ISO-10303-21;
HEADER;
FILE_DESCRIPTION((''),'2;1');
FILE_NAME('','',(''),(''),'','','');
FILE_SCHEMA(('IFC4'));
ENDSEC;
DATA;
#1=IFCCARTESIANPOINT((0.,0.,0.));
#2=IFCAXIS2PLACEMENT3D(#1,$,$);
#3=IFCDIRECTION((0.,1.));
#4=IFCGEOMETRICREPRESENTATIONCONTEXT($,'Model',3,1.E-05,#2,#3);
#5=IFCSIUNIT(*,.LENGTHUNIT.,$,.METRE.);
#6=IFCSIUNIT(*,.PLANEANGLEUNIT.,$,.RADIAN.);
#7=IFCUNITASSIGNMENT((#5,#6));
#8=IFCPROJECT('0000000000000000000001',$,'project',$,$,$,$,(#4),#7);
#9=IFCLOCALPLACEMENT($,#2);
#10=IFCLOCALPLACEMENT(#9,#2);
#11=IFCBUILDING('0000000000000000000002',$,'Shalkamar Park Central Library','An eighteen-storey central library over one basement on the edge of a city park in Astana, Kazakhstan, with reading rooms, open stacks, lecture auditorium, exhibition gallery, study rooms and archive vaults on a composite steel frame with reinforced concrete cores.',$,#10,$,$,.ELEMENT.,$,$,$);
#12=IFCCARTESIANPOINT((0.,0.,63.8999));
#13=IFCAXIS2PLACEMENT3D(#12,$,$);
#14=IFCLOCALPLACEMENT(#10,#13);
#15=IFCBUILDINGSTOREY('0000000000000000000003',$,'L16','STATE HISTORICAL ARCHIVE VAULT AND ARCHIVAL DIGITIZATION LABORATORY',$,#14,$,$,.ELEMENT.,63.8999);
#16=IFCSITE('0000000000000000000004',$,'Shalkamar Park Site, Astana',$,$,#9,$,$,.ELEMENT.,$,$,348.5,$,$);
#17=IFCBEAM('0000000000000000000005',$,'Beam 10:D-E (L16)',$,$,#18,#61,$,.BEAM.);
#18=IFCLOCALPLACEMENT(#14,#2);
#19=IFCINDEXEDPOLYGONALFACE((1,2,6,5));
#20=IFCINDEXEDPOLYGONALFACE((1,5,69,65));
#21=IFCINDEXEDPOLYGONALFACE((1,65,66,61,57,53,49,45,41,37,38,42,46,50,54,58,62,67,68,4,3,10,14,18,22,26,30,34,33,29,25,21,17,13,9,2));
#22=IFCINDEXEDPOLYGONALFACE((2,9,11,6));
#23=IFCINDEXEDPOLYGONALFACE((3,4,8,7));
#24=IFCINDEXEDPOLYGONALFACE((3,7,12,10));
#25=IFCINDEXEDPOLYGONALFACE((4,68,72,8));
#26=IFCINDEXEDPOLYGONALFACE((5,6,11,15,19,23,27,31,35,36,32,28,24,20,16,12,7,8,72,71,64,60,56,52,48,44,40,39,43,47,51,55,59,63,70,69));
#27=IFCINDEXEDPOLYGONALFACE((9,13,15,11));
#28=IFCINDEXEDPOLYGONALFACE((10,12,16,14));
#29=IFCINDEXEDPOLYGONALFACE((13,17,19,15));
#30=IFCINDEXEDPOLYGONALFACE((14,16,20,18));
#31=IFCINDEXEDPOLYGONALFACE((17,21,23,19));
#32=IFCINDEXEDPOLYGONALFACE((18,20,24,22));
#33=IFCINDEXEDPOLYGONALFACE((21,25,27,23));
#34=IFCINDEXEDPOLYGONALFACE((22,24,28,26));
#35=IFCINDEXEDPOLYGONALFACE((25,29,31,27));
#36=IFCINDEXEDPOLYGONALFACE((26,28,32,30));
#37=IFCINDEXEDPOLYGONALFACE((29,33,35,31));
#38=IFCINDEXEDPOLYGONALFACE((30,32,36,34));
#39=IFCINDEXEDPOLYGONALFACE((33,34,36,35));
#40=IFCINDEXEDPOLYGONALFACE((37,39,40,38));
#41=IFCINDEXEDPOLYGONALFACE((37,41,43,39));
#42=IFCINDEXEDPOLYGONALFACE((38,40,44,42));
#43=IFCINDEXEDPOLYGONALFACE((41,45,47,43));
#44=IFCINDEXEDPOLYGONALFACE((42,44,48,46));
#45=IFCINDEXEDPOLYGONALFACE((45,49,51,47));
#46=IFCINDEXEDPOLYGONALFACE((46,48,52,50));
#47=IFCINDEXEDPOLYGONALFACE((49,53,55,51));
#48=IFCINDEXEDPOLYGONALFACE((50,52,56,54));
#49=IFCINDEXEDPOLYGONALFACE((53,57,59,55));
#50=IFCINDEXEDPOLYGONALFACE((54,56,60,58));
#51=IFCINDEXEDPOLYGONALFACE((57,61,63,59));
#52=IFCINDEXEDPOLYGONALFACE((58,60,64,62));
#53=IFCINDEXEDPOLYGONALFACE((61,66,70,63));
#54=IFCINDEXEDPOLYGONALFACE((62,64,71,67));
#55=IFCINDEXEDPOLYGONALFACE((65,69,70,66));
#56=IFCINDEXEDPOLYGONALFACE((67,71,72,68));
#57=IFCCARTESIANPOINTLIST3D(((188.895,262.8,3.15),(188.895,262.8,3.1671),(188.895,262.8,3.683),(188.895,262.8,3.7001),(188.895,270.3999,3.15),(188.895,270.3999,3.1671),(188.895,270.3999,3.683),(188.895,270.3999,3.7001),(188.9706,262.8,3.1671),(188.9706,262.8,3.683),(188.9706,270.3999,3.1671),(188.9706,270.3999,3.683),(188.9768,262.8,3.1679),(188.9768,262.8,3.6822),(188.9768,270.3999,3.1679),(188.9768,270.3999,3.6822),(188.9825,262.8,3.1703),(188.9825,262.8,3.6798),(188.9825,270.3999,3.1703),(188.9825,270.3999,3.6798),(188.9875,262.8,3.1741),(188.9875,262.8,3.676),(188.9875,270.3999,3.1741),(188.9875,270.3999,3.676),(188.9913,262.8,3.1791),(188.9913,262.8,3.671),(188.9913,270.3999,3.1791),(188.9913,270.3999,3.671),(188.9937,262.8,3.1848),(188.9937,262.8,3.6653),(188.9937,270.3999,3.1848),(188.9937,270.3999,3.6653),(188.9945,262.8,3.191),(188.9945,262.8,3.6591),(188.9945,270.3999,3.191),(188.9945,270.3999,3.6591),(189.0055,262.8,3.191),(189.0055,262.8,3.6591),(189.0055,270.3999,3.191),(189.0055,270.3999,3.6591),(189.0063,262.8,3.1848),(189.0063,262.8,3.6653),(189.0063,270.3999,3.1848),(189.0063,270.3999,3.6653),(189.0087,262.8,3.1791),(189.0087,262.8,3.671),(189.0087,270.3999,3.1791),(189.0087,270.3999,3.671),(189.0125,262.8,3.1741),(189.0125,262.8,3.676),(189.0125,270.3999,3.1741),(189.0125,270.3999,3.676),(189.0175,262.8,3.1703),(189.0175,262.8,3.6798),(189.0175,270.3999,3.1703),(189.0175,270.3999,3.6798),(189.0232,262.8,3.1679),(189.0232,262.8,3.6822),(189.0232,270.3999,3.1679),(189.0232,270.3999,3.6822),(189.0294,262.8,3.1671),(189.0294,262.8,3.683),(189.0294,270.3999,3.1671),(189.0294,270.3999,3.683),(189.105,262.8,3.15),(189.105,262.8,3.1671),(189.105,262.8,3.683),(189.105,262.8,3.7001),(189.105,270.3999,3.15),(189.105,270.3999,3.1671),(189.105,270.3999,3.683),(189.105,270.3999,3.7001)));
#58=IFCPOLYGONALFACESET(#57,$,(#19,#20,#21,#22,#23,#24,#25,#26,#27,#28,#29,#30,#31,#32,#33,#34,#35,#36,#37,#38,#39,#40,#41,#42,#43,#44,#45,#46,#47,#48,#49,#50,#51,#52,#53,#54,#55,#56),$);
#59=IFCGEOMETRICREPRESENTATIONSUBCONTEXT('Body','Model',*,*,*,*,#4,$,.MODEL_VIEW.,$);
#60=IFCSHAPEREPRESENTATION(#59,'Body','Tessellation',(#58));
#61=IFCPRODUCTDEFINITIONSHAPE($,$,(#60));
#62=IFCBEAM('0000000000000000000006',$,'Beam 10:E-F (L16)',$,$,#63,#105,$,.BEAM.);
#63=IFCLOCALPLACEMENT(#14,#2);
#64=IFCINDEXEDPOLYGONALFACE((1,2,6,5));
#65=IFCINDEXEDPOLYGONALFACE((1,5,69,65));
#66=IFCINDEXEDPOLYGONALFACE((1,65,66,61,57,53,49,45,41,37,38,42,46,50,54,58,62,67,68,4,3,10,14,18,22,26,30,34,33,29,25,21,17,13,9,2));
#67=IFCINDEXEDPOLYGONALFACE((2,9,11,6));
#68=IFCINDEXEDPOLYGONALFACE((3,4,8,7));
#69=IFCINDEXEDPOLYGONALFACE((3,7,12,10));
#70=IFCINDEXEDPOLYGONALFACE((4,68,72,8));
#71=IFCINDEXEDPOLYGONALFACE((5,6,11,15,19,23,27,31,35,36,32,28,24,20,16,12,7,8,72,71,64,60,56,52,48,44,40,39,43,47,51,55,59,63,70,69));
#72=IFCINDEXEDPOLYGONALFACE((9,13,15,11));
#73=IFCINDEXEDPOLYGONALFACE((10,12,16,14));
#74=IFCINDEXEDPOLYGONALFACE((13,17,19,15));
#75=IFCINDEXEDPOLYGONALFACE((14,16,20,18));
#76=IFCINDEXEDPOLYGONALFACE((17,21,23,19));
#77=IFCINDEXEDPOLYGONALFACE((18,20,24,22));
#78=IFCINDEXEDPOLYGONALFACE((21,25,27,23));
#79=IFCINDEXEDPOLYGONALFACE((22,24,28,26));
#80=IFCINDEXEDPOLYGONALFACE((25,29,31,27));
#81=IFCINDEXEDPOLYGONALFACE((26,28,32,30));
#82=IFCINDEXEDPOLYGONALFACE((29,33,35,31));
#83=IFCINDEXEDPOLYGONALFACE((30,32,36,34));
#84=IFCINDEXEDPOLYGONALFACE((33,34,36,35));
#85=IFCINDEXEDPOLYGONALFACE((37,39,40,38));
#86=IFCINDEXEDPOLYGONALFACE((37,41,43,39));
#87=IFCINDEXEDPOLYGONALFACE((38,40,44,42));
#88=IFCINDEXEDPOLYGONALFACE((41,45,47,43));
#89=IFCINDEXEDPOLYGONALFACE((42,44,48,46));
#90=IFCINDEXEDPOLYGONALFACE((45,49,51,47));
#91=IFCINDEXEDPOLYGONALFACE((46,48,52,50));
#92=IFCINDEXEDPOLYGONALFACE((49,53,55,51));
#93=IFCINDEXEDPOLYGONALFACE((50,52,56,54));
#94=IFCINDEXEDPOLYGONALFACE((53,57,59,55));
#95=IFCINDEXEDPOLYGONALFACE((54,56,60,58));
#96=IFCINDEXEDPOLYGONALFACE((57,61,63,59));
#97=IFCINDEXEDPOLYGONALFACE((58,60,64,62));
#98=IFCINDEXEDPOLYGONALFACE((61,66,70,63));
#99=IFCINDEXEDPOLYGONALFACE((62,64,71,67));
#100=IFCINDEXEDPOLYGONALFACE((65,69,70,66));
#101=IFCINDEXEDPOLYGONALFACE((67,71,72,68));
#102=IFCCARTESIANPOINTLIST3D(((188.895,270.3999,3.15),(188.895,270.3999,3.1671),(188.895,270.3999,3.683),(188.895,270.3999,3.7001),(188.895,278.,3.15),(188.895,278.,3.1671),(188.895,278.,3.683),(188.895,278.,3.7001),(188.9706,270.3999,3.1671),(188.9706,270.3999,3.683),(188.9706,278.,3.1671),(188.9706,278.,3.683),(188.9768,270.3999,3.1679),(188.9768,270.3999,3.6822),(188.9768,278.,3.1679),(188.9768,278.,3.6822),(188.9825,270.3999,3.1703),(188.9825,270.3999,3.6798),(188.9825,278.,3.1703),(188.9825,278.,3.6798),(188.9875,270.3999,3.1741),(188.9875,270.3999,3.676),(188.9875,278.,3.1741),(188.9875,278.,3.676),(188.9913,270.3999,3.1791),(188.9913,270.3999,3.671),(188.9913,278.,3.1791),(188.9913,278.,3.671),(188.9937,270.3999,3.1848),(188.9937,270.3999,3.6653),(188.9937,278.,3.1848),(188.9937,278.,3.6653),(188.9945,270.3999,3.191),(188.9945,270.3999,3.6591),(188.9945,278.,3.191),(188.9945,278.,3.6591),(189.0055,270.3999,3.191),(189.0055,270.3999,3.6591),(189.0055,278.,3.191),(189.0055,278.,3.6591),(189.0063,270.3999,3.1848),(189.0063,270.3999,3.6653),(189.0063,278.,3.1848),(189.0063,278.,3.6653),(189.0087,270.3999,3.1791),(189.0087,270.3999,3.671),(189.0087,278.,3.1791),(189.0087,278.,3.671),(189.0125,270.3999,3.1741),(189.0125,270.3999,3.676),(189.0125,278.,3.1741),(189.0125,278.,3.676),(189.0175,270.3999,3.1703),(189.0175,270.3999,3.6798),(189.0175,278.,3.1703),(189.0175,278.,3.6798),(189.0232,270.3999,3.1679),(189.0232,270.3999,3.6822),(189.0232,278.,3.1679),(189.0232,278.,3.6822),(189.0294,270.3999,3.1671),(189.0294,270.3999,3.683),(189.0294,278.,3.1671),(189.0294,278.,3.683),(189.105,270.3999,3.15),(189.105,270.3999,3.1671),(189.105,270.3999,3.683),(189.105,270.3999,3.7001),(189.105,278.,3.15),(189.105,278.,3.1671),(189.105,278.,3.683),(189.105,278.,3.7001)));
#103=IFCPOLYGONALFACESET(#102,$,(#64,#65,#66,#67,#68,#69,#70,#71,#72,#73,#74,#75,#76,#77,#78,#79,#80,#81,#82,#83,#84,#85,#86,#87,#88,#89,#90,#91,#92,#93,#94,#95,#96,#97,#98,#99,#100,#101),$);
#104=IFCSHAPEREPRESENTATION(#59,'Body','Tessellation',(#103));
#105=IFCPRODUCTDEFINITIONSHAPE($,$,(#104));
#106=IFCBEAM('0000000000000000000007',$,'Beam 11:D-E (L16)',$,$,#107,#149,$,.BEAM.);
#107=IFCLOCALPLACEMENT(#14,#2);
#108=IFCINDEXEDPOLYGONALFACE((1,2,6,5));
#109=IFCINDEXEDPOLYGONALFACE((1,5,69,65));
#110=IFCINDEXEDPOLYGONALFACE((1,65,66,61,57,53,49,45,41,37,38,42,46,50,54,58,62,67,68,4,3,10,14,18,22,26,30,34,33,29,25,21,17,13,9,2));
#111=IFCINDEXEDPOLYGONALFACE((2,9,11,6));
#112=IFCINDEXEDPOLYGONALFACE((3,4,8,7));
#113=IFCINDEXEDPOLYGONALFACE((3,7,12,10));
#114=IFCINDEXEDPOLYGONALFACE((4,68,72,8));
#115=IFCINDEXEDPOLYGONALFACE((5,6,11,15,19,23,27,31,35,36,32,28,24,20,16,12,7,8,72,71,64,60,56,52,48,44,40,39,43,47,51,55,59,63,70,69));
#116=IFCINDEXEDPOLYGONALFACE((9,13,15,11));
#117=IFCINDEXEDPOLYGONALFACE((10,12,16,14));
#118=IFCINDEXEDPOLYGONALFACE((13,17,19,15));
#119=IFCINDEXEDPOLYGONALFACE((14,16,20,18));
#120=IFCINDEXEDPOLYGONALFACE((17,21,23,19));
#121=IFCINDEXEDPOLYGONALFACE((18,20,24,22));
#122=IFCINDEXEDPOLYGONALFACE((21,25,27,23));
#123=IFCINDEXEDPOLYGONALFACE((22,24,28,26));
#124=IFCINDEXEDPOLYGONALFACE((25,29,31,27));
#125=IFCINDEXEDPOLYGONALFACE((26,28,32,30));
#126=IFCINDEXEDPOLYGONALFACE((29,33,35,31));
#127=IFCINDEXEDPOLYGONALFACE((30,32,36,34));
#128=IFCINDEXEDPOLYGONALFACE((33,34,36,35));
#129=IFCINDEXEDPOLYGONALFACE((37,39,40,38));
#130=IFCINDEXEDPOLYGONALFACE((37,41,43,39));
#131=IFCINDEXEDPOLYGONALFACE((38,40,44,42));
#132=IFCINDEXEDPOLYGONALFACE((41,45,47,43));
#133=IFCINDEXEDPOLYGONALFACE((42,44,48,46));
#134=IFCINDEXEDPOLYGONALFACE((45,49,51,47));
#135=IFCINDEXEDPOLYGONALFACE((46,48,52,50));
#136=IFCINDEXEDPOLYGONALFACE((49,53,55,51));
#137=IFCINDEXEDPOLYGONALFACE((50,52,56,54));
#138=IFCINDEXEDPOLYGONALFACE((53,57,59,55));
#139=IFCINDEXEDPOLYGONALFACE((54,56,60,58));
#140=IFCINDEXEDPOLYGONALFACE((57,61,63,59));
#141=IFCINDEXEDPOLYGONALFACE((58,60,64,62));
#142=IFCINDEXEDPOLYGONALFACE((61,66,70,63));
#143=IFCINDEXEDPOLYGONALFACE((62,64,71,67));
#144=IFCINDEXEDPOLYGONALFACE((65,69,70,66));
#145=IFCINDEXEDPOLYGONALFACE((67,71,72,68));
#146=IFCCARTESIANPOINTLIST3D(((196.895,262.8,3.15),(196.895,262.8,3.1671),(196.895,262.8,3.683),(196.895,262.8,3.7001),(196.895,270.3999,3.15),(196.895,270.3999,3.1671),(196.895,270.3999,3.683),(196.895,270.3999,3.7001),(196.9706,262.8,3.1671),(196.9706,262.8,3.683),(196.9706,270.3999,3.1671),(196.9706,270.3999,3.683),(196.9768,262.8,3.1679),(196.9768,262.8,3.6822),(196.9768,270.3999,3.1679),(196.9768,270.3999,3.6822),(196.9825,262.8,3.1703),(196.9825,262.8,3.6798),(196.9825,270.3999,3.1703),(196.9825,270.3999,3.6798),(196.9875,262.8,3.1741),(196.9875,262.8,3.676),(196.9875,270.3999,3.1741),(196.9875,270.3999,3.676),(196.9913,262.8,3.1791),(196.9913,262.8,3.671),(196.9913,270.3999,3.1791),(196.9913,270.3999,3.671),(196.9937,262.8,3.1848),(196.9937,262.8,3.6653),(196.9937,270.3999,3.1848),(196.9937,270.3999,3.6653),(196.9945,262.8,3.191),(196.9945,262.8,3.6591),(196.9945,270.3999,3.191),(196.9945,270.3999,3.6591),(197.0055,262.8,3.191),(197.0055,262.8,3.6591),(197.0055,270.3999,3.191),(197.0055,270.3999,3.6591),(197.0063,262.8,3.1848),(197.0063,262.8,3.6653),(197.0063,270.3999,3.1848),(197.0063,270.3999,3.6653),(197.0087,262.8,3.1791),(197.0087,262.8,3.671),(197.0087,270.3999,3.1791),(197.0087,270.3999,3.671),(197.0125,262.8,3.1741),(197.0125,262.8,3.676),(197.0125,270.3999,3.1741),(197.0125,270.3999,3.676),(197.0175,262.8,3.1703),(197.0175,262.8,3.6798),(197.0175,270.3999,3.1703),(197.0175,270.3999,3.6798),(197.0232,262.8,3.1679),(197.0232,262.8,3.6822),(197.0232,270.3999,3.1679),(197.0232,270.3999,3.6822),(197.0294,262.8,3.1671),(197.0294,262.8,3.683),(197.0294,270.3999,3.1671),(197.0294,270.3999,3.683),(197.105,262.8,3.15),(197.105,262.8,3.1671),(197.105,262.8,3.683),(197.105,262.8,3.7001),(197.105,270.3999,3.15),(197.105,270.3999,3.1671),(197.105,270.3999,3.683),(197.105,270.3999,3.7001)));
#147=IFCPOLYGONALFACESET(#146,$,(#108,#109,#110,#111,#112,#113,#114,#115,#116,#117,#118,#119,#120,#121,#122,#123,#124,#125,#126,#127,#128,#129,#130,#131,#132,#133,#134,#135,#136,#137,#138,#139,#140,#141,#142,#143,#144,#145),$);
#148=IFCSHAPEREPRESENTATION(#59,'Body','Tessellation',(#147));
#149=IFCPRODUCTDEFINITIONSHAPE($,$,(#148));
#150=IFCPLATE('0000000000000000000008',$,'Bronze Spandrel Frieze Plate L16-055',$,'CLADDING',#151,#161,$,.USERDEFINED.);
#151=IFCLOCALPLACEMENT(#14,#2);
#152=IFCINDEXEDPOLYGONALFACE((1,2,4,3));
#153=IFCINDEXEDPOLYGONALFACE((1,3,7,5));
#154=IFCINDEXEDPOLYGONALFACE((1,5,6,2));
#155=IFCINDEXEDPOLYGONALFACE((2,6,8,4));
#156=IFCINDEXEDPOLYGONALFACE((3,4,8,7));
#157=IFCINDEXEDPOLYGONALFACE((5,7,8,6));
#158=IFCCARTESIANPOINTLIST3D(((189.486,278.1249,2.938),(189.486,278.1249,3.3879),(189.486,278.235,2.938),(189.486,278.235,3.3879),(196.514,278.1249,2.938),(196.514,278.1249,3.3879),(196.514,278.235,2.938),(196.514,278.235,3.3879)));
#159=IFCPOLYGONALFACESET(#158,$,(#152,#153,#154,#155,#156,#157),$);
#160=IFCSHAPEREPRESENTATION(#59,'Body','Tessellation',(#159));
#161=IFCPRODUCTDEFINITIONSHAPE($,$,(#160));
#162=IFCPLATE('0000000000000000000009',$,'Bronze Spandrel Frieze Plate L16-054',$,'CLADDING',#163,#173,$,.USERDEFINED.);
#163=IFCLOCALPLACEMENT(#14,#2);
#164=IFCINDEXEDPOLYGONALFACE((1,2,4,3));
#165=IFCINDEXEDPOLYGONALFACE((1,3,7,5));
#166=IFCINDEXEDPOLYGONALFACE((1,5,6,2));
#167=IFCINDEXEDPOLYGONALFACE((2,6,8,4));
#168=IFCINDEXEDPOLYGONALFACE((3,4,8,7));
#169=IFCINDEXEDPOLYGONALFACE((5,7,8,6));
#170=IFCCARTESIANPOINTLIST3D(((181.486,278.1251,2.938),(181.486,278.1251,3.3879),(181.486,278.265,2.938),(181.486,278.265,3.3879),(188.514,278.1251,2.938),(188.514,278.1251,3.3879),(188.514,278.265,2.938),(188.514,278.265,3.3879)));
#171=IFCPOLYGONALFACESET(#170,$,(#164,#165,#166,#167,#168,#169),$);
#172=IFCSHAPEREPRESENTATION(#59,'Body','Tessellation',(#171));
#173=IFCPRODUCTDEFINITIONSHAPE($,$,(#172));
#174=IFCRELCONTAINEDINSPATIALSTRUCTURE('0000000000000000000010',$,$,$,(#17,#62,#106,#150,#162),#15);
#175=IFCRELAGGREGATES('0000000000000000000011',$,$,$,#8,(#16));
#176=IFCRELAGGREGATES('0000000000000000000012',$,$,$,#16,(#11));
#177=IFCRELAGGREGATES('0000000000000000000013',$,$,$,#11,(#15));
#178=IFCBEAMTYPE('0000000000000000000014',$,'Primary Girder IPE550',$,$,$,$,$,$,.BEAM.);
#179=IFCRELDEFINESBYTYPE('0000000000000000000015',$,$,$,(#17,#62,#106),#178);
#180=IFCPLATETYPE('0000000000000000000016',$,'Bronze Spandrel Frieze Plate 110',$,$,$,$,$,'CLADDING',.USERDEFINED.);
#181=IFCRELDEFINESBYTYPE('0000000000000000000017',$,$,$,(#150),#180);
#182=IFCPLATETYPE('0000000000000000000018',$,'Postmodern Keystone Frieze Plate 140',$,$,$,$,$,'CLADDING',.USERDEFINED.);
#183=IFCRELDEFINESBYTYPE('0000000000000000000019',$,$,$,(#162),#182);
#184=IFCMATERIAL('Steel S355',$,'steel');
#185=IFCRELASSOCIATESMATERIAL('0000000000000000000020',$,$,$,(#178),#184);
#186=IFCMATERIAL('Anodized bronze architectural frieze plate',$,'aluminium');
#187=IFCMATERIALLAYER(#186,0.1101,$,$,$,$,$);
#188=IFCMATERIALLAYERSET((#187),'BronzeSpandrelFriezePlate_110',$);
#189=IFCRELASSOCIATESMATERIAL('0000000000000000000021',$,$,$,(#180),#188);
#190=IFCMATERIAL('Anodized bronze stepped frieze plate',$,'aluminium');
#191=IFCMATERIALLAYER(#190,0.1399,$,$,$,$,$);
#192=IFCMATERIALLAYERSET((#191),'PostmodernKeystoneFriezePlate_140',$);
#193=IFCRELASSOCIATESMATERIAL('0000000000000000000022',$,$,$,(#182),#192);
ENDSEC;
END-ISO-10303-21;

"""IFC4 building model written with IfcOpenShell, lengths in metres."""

from ifc_helpers import new_model, si_unit, direction, frame, origin, origin_2d, place, context, subcontext, project, spatial, rectangle, i_section, extrude, material, layer, layer_set, material_profile, profile_set, type_object, element, save


model = new_model("IFC4")

# Units and contexts
model_context = context("Model", 3, precision=1e-05, world=origin(), true_north=direction((0.0, 1.0)))
body_context = subcontext(model_context, "Body", "Model", "MODEL_VIEW")
ifc_project = project(units=[si_unit("LENGTHUNIT", "METRE"), si_unit("PLANEANGLEUNIT", "RADIAN")], contexts=[model_context])

# Site, building, storey
site_placement = place(None, origin())
site = spatial("IfcSite", under=ifc_project, at=site_placement, Name="Shalkamar Park Site, Astana", CompositionType="ELEMENT", RefElevation=348.5)
building_placement = place(site_placement, origin())
building = spatial("IfcBuilding", under=site, at=building_placement, Name="Shalkamar Park Central Library", Description="An eighteen-storey central library over one basement on the edge of a city park in Astana, Kazakhstan, with reading rooms, open stacks, lecture auditorium, exhibition gallery, study rooms and archive vaults on a composite steel frame with reinforced concrete cores.", CompositionType="ELEMENT")
storey_placement = place(building_placement, frame((0.0, 0.0, 63.8999)))
storey = spatial("IfcBuildingStorey", under=building, at=storey_placement, Name="L16", Description="STATE HISTORICAL ARCHIVE VAULT AND ARCHIVAL DIGITIZATION LABORATORY", CompositionType="ELEMENT", Elevation=63.8999)

# Shared definitions
ifc_material_1 = material(Name="Steel S355", Category="steel")

# Beams
ifc_material_profile_1 = material_profile(ifc_material_1, i_section(OverallWidth=0.21, OverallDepth=0.55, WebThickness=0.011, FlangeThickness=0.0171, FilletRadius=0.0239, at=origin_2d()), Name="IPE 550")
ifc_profile_set_1 = profile_set([ifc_material_profile_1], Name="Steel S355")
beam_type_1 = type_object("IfcBeamType", Name="Primary Girder IPE550", PredefinedType="BEAM", material=ifc_profile_set_1)
beam_1_placement = place(storey_placement, frame((189.0, 262.8, 3.425), z_axis=(0.0, 1.0, 0.0), x_axis=(-1.0, 0.0, 0.0)))
element("IfcBeam", 1, at=beam_1_placement, inside=storey, type_object=beam_type_1, Name="Beam 10:D-E (L16)", PredefinedType="BEAM", context=body_context, shape_type="SweptSolid", body=[
    extrude(i_section(OverallWidth=0.21, OverallDepth=0.55, WebThickness=0.011, FlangeThickness=0.0171, FilletRadius=0.0239, at=origin_2d()), origin(), (0.0, 0.0, 1.0), 7.5999),
])
beam_2_placement = place(storey_placement, frame((189.0, 270.3999, 3.425), z_axis=(0.0, 1.0, 0.0), x_axis=(-1.0, 0.0, 0.0)))
element("IfcBeam", 2, at=beam_2_placement, inside=storey, type_object=beam_type_1, Name="Beam 10:E-F (L16)", PredefinedType="BEAM", context=body_context, shape_type="SweptSolid", body=[
    extrude(i_section(OverallWidth=0.21, OverallDepth=0.55, WebThickness=0.011, FlangeThickness=0.0171, FilletRadius=0.0239, at=origin_2d()), origin(), (0.0, 0.0, 1.0), 7.6001),
])
beam_3_placement = place(storey_placement, frame((197.0, 262.8, 3.425), z_axis=(0.0, 1.0, 0.0), x_axis=(-1.0, 0.0, 0.0)))
element("IfcBeam", 3, at=beam_3_placement, inside=storey, type_object=beam_type_1, Name="Beam 11:D-E (L16)", PredefinedType="BEAM", context=body_context, shape_type="SweptSolid", body=[
    extrude(i_section(OverallWidth=0.21, OverallDepth=0.55, WebThickness=0.011, FlangeThickness=0.0171, FilletRadius=0.0239, at=origin_2d()), origin(), (0.0, 0.0, 1.0), 7.5999),
])

# Plates
ifc_material_2 = material(Name="Anodized bronze architectural frieze plate", Category="aluminium")
ifc_layer_1 = layer(ifc_material_2, 0.1101)
ifc_layer_set_1 = layer_set([ifc_layer_1], Name="BronzeSpandrelFriezePlate_110")
plate_type_1 = type_object("IfcPlateType", Name="Bronze Spandrel Frieze Plate 110", ElementType="CLADDING", PredefinedType="USERDEFINED", material=ifc_layer_set_1)
plate_1_placement = place(storey_placement, frame((193.0, 278.1799, 2.938), z_axis=(0.0, 0.0, 1.0), x_axis=(1.0, 0.0, 0.0)))
element("IfcPlate", 4, at=plate_1_placement, inside=storey, type_object=plate_type_1, Name="Bronze Spandrel Frieze Plate L16-055", ObjectType="CLADDING", PredefinedType="USERDEFINED", context=body_context, shape_type="SweptSolid", body=[
    extrude(rectangle(XDim=7.0281, YDim=0.1101, at=origin_2d()), origin(), (0.0, 0.0, 1.0), 0.45),
])
ifc_material_3 = material(Name="Anodized bronze stepped frieze plate", Category="aluminium")
ifc_layer_2 = layer(ifc_material_3, 0.1399)
ifc_layer_set_2 = layer_set([ifc_layer_2], Name="PostmodernKeystoneFriezePlate_140")
plate_type_2 = type_object("IfcPlateType", Name="Postmodern Keystone Frieze Plate 140", ElementType="CLADDING", PredefinedType="USERDEFINED", material=ifc_layer_set_2)
plate_2_placement = place(storey_placement, frame((185.0, 278.1951, 2.938), z_axis=(0.0, 0.0, 1.0), x_axis=(1.0, 0.0, 0.0)))
element("IfcPlate", 5, at=plate_2_placement, inside=storey, type_object=plate_type_2, Name="Bronze Spandrel Frieze Plate L16-054", ObjectType="CLADDING", PredefinedType="USERDEFINED", context=body_context, shape_type="SweptSolid", body=[
    extrude(rectangle(XDim=7.0281, YDim=0.1399, at=origin_2d()), origin(), (0.0, 0.0, 1.0), 0.45),
])

save(model, "model.ifc")
